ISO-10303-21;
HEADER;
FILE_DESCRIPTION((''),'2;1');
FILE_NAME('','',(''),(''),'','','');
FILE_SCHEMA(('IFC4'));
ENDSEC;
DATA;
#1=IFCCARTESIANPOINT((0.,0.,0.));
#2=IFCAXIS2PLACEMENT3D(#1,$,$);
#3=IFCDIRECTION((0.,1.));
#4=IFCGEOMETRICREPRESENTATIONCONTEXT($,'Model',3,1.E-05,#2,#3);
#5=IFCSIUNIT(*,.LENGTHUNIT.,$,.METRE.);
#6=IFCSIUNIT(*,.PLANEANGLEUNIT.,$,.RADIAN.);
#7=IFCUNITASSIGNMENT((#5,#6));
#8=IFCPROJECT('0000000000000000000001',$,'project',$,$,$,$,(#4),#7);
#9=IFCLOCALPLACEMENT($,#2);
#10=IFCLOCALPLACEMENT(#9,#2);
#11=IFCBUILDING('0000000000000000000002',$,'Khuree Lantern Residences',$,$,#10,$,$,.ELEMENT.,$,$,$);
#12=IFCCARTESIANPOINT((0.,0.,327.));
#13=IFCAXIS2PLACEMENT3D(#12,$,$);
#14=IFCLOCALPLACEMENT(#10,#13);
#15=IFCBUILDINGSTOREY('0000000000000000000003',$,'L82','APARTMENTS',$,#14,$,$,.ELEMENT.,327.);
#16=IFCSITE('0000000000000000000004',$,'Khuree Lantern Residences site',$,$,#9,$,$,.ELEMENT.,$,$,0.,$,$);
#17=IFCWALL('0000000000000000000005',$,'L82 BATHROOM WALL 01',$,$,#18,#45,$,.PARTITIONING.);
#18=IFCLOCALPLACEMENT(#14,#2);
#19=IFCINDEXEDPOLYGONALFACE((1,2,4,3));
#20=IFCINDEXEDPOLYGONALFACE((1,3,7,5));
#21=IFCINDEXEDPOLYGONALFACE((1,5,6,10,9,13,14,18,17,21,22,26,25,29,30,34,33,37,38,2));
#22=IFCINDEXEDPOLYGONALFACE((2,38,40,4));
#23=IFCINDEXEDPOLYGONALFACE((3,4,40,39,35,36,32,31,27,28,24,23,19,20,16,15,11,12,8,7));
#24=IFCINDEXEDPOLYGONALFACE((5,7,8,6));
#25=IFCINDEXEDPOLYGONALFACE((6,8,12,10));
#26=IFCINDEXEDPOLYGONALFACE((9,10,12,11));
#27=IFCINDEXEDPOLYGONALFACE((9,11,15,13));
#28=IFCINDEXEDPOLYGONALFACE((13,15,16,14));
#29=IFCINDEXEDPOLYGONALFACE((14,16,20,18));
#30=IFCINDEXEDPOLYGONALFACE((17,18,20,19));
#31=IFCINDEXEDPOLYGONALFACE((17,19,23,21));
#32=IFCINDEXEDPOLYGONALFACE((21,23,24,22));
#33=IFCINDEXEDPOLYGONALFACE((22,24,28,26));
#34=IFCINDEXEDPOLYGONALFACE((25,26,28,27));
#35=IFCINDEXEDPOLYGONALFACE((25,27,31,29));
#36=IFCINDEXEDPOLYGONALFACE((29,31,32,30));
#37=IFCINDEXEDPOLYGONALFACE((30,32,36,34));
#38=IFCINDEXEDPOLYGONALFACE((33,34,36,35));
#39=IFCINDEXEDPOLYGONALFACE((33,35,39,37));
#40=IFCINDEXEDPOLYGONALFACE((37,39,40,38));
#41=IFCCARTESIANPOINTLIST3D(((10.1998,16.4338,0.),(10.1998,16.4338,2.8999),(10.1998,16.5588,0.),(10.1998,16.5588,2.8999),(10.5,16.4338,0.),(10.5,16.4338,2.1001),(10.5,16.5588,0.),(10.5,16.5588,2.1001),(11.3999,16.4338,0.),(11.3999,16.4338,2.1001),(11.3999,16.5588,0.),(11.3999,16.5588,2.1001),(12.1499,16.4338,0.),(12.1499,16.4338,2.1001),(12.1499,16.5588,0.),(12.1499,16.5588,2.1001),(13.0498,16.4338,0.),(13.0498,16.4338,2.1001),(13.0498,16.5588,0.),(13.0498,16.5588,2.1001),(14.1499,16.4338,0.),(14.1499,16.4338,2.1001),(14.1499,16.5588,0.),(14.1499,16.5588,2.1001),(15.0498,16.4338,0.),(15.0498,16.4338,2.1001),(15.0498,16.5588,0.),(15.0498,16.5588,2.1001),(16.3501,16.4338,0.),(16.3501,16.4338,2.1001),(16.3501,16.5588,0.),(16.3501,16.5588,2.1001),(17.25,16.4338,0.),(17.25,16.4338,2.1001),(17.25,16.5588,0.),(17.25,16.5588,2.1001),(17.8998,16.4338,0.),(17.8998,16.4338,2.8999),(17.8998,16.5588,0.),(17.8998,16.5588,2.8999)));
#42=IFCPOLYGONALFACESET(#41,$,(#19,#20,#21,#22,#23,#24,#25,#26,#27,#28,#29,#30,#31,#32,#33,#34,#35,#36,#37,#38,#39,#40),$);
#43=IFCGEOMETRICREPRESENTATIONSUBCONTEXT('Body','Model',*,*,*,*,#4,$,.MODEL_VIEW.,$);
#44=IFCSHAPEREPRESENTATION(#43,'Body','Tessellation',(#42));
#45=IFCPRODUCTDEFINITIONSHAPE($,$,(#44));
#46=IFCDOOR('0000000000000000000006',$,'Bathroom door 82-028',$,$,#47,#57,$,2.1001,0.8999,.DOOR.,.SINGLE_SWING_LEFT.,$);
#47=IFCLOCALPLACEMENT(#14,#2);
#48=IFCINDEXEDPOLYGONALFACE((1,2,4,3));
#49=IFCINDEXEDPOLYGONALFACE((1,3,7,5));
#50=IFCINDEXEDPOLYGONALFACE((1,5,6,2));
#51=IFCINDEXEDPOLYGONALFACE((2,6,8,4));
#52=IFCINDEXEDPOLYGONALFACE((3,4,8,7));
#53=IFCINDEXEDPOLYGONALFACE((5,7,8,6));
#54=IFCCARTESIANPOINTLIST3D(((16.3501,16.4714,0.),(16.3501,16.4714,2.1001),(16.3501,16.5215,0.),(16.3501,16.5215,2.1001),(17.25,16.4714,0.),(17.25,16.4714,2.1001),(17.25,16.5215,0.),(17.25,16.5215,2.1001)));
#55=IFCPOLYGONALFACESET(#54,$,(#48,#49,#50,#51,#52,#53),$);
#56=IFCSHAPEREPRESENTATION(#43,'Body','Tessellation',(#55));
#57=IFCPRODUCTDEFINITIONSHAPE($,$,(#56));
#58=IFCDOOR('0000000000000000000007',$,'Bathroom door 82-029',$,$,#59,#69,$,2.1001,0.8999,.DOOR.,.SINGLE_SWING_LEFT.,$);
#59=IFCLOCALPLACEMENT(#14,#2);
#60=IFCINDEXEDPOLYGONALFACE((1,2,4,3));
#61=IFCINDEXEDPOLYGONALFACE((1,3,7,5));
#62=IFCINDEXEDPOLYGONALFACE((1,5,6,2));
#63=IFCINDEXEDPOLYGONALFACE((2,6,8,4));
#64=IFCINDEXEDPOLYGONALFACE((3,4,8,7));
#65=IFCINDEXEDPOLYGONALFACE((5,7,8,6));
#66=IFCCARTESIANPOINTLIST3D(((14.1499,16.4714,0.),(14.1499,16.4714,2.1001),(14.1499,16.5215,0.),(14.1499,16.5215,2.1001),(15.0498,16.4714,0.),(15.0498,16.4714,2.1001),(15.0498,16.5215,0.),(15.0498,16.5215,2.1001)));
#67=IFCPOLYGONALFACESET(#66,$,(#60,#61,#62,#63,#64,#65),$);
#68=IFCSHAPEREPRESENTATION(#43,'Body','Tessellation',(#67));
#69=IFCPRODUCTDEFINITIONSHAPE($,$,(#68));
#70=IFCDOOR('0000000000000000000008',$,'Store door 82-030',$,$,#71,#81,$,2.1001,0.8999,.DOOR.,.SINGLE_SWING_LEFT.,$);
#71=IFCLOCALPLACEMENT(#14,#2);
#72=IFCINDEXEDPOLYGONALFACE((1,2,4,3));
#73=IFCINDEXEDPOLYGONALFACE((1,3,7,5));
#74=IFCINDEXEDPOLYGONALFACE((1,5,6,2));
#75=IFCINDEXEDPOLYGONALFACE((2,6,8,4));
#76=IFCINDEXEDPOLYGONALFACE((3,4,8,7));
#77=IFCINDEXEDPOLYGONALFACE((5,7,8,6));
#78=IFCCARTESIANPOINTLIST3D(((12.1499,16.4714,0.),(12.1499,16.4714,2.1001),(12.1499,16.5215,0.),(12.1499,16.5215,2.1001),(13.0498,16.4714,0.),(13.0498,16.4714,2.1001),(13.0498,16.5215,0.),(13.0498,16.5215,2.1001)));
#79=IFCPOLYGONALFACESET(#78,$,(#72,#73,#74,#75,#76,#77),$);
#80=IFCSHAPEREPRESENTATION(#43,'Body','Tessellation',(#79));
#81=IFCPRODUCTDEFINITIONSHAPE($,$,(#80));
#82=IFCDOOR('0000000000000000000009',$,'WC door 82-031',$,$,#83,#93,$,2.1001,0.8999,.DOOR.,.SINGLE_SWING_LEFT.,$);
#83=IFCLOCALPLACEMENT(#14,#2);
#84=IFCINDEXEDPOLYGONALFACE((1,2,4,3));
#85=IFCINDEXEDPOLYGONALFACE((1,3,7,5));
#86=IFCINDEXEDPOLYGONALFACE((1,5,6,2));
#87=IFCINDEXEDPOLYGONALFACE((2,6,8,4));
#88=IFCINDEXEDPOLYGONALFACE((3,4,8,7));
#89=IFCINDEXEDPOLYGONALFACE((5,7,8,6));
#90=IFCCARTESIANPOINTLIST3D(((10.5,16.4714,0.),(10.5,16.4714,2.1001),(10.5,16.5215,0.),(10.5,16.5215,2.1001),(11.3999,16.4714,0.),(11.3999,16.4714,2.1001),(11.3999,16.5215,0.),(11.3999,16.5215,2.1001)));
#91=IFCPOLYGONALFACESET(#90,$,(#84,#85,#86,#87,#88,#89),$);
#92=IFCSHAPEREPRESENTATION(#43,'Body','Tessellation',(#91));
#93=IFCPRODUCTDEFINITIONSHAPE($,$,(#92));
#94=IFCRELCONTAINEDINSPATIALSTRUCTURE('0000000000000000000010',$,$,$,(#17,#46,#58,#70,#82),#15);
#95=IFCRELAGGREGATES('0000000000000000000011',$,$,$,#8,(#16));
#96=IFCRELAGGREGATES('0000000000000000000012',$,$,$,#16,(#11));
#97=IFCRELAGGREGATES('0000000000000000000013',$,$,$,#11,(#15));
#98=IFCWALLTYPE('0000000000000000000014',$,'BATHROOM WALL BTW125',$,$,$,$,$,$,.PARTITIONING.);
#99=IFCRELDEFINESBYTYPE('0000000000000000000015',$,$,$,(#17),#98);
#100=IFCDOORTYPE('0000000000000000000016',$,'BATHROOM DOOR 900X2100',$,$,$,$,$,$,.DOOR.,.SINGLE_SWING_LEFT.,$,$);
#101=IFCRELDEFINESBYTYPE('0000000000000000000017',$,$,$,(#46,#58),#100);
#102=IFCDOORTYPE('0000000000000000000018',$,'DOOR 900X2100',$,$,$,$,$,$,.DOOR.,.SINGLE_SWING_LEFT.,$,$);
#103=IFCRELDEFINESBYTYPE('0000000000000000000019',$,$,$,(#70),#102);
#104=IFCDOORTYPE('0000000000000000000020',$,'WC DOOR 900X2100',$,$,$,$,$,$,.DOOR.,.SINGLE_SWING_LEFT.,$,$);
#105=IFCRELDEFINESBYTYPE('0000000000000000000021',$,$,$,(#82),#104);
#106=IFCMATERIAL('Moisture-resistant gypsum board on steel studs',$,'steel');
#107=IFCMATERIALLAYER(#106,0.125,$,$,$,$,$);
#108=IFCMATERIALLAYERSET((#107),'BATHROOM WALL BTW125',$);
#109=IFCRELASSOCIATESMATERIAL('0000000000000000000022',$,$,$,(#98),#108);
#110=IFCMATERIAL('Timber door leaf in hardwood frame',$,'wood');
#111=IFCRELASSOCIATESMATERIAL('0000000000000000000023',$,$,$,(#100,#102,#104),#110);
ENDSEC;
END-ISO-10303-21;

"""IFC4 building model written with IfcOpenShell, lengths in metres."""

from ifc_helpers import new_model, si_unit, direction, frame, frame_2d, origin, place, context, subcontext, project, spatial, rectangle, extrude, material, layer, layer_set, type_object, element, fill, save


model = new_model("IFC4")

# Units and contexts
model_context = context("Model", 3, precision=1e-05, world=origin(), true_north=direction((0.0, 1.0)))
body_context = subcontext(model_context, "Body", "Model", "MODEL_VIEW")
ifc_project = project(units=[si_unit("LENGTHUNIT", "METRE"), si_unit("PLANEANGLEUNIT", "RADIAN")], contexts=[model_context])

# Site, building, storey
site_placement = place(None, origin())
site = spatial("IfcSite", under=ifc_project, at=site_placement, Name="Khuree Lantern Residences site", CompositionType="ELEMENT", RefElevation=0.0)
building_placement = place(site_placement, origin())
building = spatial("IfcBuilding", under=site, at=building_placement, Name="Khuree Lantern Residences", CompositionType="ELEMENT")
storey_placement = place(building_placement, frame((0.0, 0.0, 327.0)))
storey = spatial("IfcBuildingStorey", under=building, at=storey_placement, Name="L82", Description="APARTMENTS", CompositionType="ELEMENT", Elevation=327.0)

# Wall, openings, doors
ifc_material_1 = material(Name="Moisture-resistant gypsum board on steel studs", Category="steel")
ifc_layer_1 = layer(ifc_material_1, 0.125)
ifc_layer_set_1 = layer_set([ifc_layer_1], Name="BATHROOM WALL BTW125")
wall_type = type_object("IfcWallType", Name="BATHROOM WALL BTW125", PredefinedType="PARTITIONING", material=ifc_layer_set_1)
wall_placement = place(storey_placement, frame((17.8999, 16.4963, 0.0), z_axis=(0.0, 0.0, 1.0), x_axis=(-1.0, 0.0, 0.0)))
wall = element("IfcWall", 1, at=wall_placement, inside=storey, type_object=wall_type, Name="L82 BATHROOM WALL 01", PredefinedType="PARTITIONING", context=body_context, shape_type="SweptSolid", body=[
    extrude(rectangle(XDim=7.7, YDim=0.125, at=frame_2d((3.8501, 0.0))), origin(), (0.0, 0.0, 1.0), 2.8999),
])
opening_1_placement = place(wall_placement, frame((0.6499, 0.0, 0.0)))
opening_1 = element("IfcOpeningElement", 2, at=opening_1_placement, cuts=wall, PredefinedType="OPENING", context=body_context, shape_type="SweptSolid", body=[
    extrude(rectangle(XDim=0.8999, YDim=2.1001, at=frame_2d((0.45, 1.05))), frame((0.0, 0.0725, 0.0), z_axis=(0.0, -1.0, 0.0), x_axis=(1.0, 0.0, 0.0)), (0.0, 0.0, 1.0), 0.145),
])
opening_2_placement = place(wall_placement, frame((2.8501, 0.0, 0.0)))
opening_2 = element("IfcOpeningElement", 3, at=opening_2_placement, cuts=wall, PredefinedType="OPENING", context=body_context, shape_type="SweptSolid", body=[
    extrude(rectangle(XDim=0.8999, YDim=2.1001, at=frame_2d((0.45, 1.05))), frame((0.0, 0.0725, 0.0), z_axis=(0.0, -1.0, 0.0), x_axis=(1.0, 0.0, 0.0)), (0.0, 0.0, 1.0), 0.145),
])
opening_3_placement = place(wall_placement, frame((4.8501, 0.0, 0.0)))
opening_3 = element("IfcOpeningElement", 4, at=opening_3_placement, cuts=wall, PredefinedType="OPENING", context=body_context, shape_type="SweptSolid", body=[
    extrude(rectangle(XDim=0.8999, YDim=2.1001, at=frame_2d((0.45, 1.05))), frame((0.0, 0.0725, 0.0), z_axis=(0.0, -1.0, 0.0), x_axis=(1.0, 0.0, 0.0)), (0.0, 0.0, 1.0), 0.145),
])
opening_4_placement = place(wall_placement, frame((6.5, 0.0, 0.0)))
opening_4 = element("IfcOpeningElement", 5, at=opening_4_placement, cuts=wall, PredefinedType="OPENING", context=body_context, shape_type="SweptSolid", body=[
    extrude(rectangle(XDim=0.8999, YDim=2.1001, at=frame_2d((0.45, 1.05))), frame((0.0, 0.0725, 0.0), z_axis=(0.0, -1.0, 0.0), x_axis=(1.0, 0.0, 0.0)), (0.0, 0.0, 1.0), 0.145),
])
ifc_material_2 = material(Name="Timber door leaf in hardwood frame", Category="wood")
door_type_1 = type_object("IfcDoorType", Name="BATHROOM DOOR 900X2100", OperationType="SINGLE_SWING_LEFT", PredefinedType="DOOR", material=ifc_material_2)
door_1_placement = place(opening_1_placement, origin())
door_1 = element("IfcDoor", 6, at=door_1_placement, inside=storey, type_object=door_type_1, Name="Bathroom door 82-028", OperationType="SINGLE_SWING_LEFT", OverallHeight=2.1001, OverallWidth=0.8999, PredefinedType="DOOR", context=body_context, shape_type="SweptSolid", body=[
    extrude(rectangle(XDim=0.8999, YDim=2.1001, at=frame_2d((0.45, 1.05))), frame((0.0, 0.0249, 0.0), z_axis=(0.0, -1.0, 0.0), x_axis=(1.0, 0.0, 0.0)), (0.0, 0.0, 1.0), 0.05),
])
fill(opening_1, door_1)
door_2_placement = place(opening_2_placement, origin())
door_2 = element("IfcDoor", 7, at=door_2_placement, inside=storey, type_object=door_type_1, Name="Bathroom door 82-029", OperationType="SINGLE_SWING_LEFT", OverallHeight=2.1001, OverallWidth=0.8999, PredefinedType="DOOR", context=body_context, shape_type="SweptSolid", body=[
    extrude(rectangle(XDim=0.8999, YDim=2.1001, at=frame_2d((0.45, 1.05))), frame((0.0, 0.0249, 0.0), z_axis=(0.0, -1.0, 0.0), x_axis=(1.0, 0.0, 0.0)), (0.0, 0.0, 1.0), 0.05),
])
fill(opening_2, door_2)
door_type_2 = type_object("IfcDoorType", Name="DOOR 900X2100", OperationType="SINGLE_SWING_LEFT", PredefinedType="DOOR", material=ifc_material_2)
door_3_placement = place(opening_3_placement, origin())
door_3 = element("IfcDoor", 8, at=door_3_placement, inside=storey, type_object=door_type_2, Name="Store door 82-030", OperationType="SINGLE_SWING_LEFT", OverallHeight=2.1001, OverallWidth=0.8999, PredefinedType="DOOR", context=body_context, shape_type="SweptSolid", body=[
    extrude(rectangle(XDim=0.8999, YDim=2.1001, at=frame_2d((0.45, 1.05))), frame((0.0, 0.0249, 0.0), z_axis=(0.0, -1.0, 0.0), x_axis=(1.0, 0.0, 0.0)), (0.0, 0.0, 1.0), 0.05),
])
fill(opening_3, door_3)
door_type_3 = type_object("IfcDoorType", Name="WC DOOR 900X2100", OperationType="SINGLE_SWING_LEFT", PredefinedType="DOOR", material=ifc_material_2)
door_4_placement = place(opening_4_placement, origin())
door_4 = element("IfcDoor", 9, at=door_4_placement, inside=storey, type_object=door_type_3, Name="WC door 82-031", OperationType="SINGLE_SWING_LEFT", OverallHeight=2.1001, OverallWidth=0.8999, PredefinedType="DOOR", context=body_context, shape_type="SweptSolid", body=[
    extrude(rectangle(XDim=0.8999, YDim=2.1001, at=frame_2d((0.45, 1.05))), frame((0.0, 0.0249, 0.0), z_axis=(0.0, -1.0, 0.0), x_axis=(1.0, 0.0, 0.0)), (0.0, 0.0, 1.0), 0.05),
])
fill(opening_4, door_4)

save(model, "model.ifc")
